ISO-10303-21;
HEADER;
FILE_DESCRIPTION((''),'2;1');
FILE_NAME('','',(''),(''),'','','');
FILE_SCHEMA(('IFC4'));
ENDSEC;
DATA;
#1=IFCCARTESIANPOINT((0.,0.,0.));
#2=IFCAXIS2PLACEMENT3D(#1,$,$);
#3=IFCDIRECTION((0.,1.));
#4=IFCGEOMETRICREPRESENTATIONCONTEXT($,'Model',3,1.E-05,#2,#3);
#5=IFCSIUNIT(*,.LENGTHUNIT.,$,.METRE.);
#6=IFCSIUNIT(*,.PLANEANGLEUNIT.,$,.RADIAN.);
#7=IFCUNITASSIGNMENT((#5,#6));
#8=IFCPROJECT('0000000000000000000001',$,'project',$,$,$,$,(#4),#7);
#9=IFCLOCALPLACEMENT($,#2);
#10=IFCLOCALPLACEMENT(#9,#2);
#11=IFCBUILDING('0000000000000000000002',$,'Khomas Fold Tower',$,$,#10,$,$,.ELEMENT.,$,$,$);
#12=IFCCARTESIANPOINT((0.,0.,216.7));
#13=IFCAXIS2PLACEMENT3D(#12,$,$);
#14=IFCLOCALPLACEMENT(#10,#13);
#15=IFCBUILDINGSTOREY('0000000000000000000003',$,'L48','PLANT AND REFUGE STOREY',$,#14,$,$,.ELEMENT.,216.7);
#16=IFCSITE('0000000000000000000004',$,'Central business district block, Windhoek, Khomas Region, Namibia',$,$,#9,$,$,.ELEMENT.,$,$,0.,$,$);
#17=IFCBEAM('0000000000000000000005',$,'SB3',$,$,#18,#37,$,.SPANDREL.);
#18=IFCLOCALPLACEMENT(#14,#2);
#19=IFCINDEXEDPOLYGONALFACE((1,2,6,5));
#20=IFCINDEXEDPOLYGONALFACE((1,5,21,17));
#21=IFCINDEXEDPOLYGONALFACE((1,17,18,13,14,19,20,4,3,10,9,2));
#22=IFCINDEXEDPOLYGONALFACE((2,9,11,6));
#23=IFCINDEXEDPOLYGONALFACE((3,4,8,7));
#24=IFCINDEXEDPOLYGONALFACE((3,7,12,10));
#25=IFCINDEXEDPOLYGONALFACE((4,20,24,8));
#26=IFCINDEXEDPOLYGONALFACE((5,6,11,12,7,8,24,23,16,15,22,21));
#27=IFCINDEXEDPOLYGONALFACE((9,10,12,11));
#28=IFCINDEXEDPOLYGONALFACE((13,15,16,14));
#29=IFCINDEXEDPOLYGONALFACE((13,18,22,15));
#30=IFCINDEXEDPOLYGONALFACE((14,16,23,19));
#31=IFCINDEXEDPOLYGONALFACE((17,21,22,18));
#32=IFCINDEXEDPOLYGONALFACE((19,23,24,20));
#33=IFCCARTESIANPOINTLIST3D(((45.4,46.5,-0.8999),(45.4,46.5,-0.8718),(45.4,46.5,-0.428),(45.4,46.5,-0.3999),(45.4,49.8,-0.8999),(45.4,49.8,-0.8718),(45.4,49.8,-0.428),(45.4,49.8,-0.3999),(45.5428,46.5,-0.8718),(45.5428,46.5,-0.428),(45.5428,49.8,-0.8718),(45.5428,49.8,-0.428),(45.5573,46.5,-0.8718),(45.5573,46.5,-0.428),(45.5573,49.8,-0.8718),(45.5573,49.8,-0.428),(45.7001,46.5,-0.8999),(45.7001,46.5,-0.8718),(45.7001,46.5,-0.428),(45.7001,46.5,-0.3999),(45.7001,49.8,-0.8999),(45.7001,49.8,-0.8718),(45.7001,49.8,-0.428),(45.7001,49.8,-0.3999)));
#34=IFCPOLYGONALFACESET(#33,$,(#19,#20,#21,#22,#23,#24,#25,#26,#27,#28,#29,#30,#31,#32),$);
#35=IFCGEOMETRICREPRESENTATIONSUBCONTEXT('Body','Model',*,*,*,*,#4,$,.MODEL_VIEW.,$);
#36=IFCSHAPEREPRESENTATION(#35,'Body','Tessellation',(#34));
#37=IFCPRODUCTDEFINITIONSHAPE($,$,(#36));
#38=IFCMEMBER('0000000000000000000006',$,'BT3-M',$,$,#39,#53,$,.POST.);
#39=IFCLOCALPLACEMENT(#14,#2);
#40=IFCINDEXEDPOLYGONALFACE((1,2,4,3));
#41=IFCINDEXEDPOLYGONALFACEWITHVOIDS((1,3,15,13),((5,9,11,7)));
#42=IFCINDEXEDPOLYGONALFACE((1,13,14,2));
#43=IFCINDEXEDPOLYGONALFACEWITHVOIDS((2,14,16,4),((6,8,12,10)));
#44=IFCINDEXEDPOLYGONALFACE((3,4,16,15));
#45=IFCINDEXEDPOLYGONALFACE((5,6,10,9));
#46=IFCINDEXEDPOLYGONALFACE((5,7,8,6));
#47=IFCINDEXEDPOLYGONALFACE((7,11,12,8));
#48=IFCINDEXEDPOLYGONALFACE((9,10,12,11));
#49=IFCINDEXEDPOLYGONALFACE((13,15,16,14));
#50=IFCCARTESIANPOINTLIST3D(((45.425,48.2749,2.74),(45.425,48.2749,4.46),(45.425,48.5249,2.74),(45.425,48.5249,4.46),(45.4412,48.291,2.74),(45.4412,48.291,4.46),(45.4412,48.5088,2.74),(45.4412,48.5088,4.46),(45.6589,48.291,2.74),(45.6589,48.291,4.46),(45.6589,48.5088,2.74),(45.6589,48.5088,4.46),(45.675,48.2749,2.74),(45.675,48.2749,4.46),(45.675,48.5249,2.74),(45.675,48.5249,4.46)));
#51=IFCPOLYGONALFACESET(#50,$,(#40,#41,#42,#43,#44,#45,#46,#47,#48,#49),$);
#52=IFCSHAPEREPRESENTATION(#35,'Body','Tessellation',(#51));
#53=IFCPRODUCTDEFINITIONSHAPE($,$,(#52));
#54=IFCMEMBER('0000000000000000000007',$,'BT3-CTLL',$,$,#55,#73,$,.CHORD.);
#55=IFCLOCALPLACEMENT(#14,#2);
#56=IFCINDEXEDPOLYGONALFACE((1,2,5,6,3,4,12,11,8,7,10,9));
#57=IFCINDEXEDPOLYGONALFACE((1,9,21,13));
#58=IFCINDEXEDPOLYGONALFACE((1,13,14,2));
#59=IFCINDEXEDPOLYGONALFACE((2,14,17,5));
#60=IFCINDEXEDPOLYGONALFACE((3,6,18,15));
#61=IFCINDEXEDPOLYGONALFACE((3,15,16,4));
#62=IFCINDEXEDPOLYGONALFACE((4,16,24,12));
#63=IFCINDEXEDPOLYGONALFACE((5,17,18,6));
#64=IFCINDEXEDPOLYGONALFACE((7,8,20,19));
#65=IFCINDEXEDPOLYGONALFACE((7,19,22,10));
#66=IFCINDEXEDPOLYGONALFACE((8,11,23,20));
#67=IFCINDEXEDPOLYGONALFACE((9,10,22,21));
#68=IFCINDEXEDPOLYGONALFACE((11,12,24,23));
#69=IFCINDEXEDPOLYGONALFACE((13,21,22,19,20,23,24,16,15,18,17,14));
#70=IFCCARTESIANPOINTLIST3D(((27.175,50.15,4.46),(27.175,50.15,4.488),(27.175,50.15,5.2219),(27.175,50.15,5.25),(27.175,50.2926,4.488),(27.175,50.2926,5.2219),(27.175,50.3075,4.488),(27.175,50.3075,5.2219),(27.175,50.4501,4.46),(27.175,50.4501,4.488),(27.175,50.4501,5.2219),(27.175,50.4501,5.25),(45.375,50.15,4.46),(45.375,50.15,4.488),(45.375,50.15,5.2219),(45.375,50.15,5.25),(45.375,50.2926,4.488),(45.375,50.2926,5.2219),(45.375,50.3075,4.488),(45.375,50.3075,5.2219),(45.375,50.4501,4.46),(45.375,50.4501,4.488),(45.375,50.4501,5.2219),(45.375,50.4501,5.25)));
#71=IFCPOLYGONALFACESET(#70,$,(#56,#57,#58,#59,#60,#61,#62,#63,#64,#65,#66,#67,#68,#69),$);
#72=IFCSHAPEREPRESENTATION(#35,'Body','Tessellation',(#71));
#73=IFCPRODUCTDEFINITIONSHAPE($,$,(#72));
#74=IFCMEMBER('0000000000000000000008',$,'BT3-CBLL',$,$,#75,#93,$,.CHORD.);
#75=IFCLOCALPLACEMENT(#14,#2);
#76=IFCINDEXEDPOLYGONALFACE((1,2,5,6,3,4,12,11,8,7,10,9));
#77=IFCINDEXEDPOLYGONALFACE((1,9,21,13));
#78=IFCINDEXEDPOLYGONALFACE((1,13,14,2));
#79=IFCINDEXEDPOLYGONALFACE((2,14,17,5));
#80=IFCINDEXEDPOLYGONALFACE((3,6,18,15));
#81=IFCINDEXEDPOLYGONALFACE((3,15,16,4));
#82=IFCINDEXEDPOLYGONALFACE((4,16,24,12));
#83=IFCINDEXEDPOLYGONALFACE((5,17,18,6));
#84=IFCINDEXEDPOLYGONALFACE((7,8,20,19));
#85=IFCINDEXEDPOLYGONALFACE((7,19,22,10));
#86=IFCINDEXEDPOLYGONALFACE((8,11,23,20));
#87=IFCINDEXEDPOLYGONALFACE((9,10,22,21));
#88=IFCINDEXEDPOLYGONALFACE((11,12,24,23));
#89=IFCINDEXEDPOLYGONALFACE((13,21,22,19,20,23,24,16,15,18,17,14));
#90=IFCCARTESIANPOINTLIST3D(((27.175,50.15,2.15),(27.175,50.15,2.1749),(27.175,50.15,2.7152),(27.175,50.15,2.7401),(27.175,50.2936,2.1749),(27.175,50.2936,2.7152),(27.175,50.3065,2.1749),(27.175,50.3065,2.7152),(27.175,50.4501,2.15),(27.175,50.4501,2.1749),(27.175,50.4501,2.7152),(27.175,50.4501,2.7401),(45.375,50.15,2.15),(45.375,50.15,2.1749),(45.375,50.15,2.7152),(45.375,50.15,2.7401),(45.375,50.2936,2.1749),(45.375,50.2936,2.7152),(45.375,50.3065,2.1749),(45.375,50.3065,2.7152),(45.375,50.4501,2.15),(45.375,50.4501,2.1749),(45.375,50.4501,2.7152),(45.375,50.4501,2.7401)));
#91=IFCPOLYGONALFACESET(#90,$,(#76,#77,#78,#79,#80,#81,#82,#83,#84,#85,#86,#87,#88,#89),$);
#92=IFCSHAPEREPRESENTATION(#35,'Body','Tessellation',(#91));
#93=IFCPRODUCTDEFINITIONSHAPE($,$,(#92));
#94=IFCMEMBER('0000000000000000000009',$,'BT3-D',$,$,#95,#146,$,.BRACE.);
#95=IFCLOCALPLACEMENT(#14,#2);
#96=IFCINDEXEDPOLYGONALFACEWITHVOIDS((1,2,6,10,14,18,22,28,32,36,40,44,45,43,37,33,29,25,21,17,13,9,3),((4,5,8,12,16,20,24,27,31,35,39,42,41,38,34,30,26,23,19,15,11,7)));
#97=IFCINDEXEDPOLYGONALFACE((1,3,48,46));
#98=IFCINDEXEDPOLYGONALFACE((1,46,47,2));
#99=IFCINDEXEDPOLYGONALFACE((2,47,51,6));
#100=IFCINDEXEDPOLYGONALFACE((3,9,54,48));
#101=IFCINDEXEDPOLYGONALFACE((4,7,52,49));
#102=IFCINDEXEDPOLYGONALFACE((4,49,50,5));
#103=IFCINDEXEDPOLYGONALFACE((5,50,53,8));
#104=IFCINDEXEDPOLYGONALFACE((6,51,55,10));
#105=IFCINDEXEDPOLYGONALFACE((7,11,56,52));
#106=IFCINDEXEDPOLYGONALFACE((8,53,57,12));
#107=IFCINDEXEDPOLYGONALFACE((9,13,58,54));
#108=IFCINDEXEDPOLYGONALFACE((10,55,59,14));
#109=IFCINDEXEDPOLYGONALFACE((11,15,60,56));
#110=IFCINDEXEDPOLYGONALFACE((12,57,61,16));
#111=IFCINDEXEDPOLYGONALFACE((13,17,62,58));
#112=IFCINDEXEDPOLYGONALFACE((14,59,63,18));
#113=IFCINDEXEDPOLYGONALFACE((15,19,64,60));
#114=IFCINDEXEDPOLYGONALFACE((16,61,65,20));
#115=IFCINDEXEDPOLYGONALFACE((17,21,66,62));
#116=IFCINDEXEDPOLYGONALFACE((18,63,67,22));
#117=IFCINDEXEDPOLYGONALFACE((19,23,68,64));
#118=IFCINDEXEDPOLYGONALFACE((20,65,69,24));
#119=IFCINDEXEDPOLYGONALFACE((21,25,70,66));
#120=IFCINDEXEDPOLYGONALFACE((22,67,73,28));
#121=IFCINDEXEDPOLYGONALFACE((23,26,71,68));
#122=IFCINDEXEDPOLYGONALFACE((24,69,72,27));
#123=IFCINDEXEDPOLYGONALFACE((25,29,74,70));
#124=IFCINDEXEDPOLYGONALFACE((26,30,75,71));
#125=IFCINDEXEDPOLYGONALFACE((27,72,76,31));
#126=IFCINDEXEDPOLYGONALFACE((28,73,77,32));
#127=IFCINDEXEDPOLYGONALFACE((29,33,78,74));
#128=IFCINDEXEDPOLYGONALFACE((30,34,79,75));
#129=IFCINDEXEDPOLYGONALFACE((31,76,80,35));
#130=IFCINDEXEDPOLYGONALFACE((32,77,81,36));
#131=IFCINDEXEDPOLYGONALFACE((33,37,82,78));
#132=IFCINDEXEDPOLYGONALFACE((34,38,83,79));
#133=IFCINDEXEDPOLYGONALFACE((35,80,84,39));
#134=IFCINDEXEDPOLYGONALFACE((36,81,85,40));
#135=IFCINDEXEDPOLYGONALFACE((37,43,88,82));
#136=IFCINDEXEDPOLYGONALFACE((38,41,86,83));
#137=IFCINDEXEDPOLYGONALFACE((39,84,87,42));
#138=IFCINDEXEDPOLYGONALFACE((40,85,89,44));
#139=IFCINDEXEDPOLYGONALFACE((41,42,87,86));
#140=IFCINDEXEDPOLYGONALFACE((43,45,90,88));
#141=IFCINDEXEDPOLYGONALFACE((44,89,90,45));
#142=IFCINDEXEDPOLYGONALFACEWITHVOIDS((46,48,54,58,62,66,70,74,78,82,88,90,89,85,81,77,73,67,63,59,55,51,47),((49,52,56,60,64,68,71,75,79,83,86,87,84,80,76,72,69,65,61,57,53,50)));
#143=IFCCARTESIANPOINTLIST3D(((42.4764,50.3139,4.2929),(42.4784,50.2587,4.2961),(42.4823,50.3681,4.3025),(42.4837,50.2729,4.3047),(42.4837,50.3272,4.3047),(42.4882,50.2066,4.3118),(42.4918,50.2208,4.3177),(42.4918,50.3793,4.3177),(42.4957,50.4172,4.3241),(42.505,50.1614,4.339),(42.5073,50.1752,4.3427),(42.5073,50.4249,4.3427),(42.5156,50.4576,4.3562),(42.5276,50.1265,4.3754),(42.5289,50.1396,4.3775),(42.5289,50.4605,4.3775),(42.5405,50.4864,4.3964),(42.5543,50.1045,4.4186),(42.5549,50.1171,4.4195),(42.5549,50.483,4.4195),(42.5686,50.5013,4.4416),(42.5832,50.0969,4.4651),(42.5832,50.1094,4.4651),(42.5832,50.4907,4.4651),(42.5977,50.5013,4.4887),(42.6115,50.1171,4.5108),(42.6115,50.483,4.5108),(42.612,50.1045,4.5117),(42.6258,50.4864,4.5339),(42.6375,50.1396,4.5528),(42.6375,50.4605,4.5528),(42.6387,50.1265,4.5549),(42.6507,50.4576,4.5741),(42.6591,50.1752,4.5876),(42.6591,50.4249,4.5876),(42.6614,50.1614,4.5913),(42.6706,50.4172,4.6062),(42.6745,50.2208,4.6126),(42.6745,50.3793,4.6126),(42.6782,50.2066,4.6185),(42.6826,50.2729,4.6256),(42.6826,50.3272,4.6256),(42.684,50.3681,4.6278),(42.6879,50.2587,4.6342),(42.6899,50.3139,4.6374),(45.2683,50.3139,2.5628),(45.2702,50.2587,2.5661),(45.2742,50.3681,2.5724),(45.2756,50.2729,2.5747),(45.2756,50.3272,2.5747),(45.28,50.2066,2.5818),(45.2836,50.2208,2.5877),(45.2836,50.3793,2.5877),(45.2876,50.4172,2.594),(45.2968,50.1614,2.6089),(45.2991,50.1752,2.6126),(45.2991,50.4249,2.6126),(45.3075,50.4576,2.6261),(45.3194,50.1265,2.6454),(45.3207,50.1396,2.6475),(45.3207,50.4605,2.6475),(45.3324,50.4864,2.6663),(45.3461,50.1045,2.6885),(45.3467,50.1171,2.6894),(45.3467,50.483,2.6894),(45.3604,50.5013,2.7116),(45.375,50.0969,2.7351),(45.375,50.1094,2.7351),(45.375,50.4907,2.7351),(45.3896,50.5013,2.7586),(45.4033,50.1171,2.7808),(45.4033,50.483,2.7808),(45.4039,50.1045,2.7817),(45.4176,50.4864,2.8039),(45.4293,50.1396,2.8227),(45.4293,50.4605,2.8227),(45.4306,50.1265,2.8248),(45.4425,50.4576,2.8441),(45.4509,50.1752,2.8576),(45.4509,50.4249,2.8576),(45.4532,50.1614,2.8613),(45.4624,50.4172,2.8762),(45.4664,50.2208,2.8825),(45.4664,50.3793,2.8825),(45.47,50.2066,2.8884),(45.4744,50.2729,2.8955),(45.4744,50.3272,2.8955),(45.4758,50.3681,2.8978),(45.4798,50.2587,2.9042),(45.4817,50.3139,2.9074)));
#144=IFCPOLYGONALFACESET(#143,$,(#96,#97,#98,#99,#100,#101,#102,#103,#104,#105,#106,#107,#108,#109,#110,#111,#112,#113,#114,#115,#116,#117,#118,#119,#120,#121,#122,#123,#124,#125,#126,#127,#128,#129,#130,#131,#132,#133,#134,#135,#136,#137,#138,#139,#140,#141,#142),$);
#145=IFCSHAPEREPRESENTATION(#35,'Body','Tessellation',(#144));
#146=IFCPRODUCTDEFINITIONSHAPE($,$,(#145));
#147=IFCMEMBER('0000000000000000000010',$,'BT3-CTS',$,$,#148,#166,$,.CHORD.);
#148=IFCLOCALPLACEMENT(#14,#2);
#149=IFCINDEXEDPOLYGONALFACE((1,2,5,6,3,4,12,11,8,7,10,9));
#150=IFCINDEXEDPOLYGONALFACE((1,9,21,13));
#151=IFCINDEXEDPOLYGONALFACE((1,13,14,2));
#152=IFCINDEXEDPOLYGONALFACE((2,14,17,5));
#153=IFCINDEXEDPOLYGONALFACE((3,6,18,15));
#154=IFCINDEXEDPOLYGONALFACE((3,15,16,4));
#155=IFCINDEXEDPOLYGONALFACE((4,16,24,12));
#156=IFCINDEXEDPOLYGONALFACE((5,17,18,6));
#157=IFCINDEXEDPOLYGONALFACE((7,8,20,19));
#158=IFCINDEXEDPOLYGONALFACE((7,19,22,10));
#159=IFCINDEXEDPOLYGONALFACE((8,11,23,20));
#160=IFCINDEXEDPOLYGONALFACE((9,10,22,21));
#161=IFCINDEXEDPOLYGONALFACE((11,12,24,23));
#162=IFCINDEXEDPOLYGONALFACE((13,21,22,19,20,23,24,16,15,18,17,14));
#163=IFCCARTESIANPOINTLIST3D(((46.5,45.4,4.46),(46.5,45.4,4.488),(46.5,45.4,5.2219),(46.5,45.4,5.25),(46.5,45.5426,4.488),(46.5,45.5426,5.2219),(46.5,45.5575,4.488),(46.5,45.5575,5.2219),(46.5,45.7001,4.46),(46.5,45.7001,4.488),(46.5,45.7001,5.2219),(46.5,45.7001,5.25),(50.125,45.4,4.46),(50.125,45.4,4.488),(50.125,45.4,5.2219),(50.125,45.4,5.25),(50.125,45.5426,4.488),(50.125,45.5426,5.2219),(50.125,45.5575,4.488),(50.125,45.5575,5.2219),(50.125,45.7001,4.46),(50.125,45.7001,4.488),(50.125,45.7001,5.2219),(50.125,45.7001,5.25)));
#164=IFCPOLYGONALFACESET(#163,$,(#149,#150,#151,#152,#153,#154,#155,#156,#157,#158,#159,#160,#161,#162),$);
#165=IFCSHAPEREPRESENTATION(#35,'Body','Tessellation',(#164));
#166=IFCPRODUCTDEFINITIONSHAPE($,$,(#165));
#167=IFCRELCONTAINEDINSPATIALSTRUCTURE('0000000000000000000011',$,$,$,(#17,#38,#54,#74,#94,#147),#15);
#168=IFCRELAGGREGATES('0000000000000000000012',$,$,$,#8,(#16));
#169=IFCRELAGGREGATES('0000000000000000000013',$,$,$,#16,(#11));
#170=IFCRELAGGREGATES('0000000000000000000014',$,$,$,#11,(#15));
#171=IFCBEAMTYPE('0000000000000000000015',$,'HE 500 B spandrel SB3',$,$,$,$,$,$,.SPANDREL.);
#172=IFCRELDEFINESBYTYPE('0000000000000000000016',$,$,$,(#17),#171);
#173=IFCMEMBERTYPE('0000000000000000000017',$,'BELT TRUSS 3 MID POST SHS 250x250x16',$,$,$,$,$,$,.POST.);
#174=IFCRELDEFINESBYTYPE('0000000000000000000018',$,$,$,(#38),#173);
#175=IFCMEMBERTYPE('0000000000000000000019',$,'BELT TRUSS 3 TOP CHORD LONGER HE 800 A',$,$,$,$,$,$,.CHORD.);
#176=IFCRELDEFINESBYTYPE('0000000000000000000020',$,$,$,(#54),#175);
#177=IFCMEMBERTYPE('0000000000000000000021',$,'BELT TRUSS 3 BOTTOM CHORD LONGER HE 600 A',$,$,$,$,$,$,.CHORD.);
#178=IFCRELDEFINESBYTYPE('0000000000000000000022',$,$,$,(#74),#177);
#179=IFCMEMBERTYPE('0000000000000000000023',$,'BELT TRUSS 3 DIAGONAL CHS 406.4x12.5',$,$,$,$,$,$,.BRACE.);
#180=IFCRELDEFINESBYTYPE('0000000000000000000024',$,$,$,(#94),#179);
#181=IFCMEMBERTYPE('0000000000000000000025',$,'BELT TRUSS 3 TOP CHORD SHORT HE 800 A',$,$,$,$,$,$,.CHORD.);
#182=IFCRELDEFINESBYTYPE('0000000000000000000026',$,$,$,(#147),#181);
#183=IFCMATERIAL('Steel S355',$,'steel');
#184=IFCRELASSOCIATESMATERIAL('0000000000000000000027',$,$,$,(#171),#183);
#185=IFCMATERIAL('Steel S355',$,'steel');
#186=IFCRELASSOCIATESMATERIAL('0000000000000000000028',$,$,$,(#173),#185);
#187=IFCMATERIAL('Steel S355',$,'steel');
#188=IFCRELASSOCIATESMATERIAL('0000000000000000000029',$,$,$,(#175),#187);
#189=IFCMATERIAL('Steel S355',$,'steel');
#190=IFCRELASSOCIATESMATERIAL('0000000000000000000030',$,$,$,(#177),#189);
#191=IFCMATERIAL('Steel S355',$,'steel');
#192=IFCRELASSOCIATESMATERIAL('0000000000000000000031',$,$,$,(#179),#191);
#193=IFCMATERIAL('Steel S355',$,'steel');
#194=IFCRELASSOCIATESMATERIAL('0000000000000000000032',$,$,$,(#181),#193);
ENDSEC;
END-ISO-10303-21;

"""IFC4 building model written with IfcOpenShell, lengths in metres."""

from ifc_helpers import new_model, si_unit, direction, frame, origin, origin_2d, place, context, subcontext, project, spatial, hollow_rectangle, hollow_circle, i_section, extrude, source, transform, mapped, material, material_profile, profile_set, type_object, element, save


model = new_model("IFC4")

# Units and contexts
model_context = context("Model", 3, precision=1e-05, world=origin(), true_north=direction((0.0, 1.0)))
body_context = subcontext(model_context, "Body", "Model", "MODEL_VIEW")
ifc_project = project(units=[si_unit("LENGTHUNIT", "METRE"), si_unit("PLANEANGLEUNIT", "RADIAN")], contexts=[model_context])

# Site, building, storey
site_placement = place(None, origin())
site = spatial("IfcSite", under=ifc_project, at=site_placement, Name="Central business district block, Windhoek, Khomas Region, Namibia", CompositionType="ELEMENT", RefElevation=0.0)
building_placement = place(site_placement, origin())
building = spatial("IfcBuilding", under=site, at=building_placement, Name="Khomas Fold Tower", CompositionType="ELEMENT")
storey_placement = place(building_placement, frame((0.0, 0.0, 216.7)))
storey = spatial("IfcBuildingStorey", under=building, at=storey_placement, Name="L48", Description="PLANT AND REFUGE STOREY", CompositionType="ELEMENT", Elevation=216.7)

# Beam
ifc_material_1 = material(Name="Steel S355", Category="steel")
ifc_material_profile_1 = material_profile(ifc_material_1, i_section(OverallWidth=0.3, OverallDepth=0.5, WebThickness=0.0144, FlangeThickness=0.0281, at=origin_2d()), Name="HE 500 B")
ifc_profile_set_1 = profile_set([ifc_material_profile_1], Name="Steel S355")
beam_type = type_object("IfcBeamType", Name="HE 500 B spandrel SB3", PredefinedType="SPANDREL", material=ifc_profile_set_1)
shared_shape_1 = source(origin(), body_context, "Body", "SweptSolid", [
    extrude(i_section(OverallWidth=0.3, OverallDepth=0.5, WebThickness=0.0144, FlangeThickness=0.0281, at=origin_2d()), origin(), (0.0, 0.0, 1.0), 3.3),
])
beam_placement = place(storey_placement, frame((45.55, 46.5, -0.6499), z_axis=(0.0, 1.0, 0.0), x_axis=(-1.0, 0.0, 0.0)))
element("IfcBeam", 1, at=beam_placement, inside=storey, type_object=beam_type, Name="SB3", PredefinedType="SPANDREL", context=body_context, shape_type="MappedRepresentation", body=[
    mapped(shared_shape_1, transform((0.0, 0.0, 0.0))),
])

# Members
ifc_material_2 = material(Name="Steel S355", Category="steel")
ifc_material_profile_2 = material_profile(ifc_material_2, hollow_rectangle(XDim=0.25, YDim=0.25, WallThickness=0.0161, at=origin_2d()), Name="SHS 250x250x16")
ifc_profile_set_2 = profile_set([ifc_material_profile_2], Name="Steel S355")
member_type_1 = type_object("IfcMemberType", Name="BELT TRUSS 3 MID POST SHS 250x250x16", PredefinedType="POST", material=ifc_profile_set_2)
shared_shape_2 = source(origin(), body_context, "Body", "SweptSolid", [
    extrude(hollow_rectangle(XDim=0.25, YDim=0.25, WallThickness=0.0161, at=origin_2d()), origin(), (0.0, 0.0, 1.0), 1.72),
])
member_1_placement = place(storey_placement, frame((45.55, 48.3999, 2.74), z_axis=(0.0, 0.0, 1.0), x_axis=(1.0, 0.0, 0.0)))
element("IfcMember", 2, at=member_1_placement, inside=storey, type_object=member_type_1, Name="BT3-M", PredefinedType="POST", context=body_context, shape_type="MappedRepresentation", body=[
    mapped(shared_shape_2, transform((0.0, 0.0, 0.0))),
])
ifc_material_3 = material(Name="Steel S355", Category="steel")
ifc_material_profile_3 = material_profile(ifc_material_3, i_section(OverallWidth=0.3, OverallDepth=0.79, WebThickness=0.0149, FlangeThickness=0.0281, at=origin_2d()), Name="HE 800 A")
ifc_profile_set_3 = profile_set([ifc_material_profile_3], Name="Steel S355")
member_type_2 = type_object("IfcMemberType", Name="BELT TRUSS 3 TOP CHORD LONGER HE 800 A", PredefinedType="CHORD", material=ifc_profile_set_3)
shared_shape_3 = source(origin(), body_context, "Body", "SweptSolid", [
    extrude(i_section(OverallWidth=0.3, OverallDepth=0.79, WebThickness=0.0149, FlangeThickness=0.0281, at=origin_2d()), origin(), (0.0, 0.0, 1.0), 18.2),
])
member_2_placement = place(storey_placement, frame((45.375, 50.3, 4.855), z_axis=(-1.0, 0.0, 0.0), x_axis=(0.0, -1.0, 0.0)))
element("IfcMember", 3, at=member_2_placement, inside=storey, type_object=member_type_2, Name="BT3-CTLL", PredefinedType="CHORD", context=body_context, shape_type="MappedRepresentation", body=[
    mapped(shared_shape_3, transform((0.0, 0.0, 0.0))),
])
ifc_material_4 = material(Name="Steel S355", Category="steel")
ifc_material_profile_4 = material_profile(ifc_material_4, i_section(OverallWidth=0.3, OverallDepth=0.5901, WebThickness=0.0129, FlangeThickness=0.0249, at=origin_2d()), Name="HE 600 A")
ifc_profile_set_4 = profile_set([ifc_material_profile_4], Name="Steel S355")
member_type_3 = type_object("IfcMemberType", Name="BELT TRUSS 3 BOTTOM CHORD LONGER HE 600 A", PredefinedType="CHORD", material=ifc_profile_set_4)
shared_shape_4 = source(origin(), body_context, "Body", "SweptSolid", [
    extrude(i_section(OverallWidth=0.3, OverallDepth=0.5901, WebThickness=0.0129, FlangeThickness=0.0249, at=origin_2d()), origin(), (0.0, 0.0, 1.0), 18.2),
])
member_3_placement = place(storey_placement, frame((45.375, 50.3, 2.4451), z_axis=(-1.0, 0.0, 0.0), x_axis=(0.0, -1.0, 0.0)))
element("IfcMember", 4, at=member_3_placement, inside=storey, type_object=member_type_3, Name="BT3-CBLL", PredefinedType="CHORD", context=body_context, shape_type="MappedRepresentation", body=[
    mapped(shared_shape_4, transform((0.0, 0.0, 0.0))),
])
ifc_material_5 = material(Name="Steel S355", Category="steel")
ifc_material_profile_5 = material_profile(ifc_material_5, hollow_circle(Radius=0.2031, WallThickness=0.0125, at=origin_2d()), Name="CHS 406.4x12.5")
ifc_profile_set_5 = profile_set([ifc_material_profile_5], Name="Steel S355")
member_type_4 = type_object("IfcMemberType", Name="BELT TRUSS 3 DIAGONAL CHS 406.4x12.5", PredefinedType="BRACE", material=ifc_profile_set_5)
shared_shape_5 = source(origin(), body_context, "Body", "SweptSolid", [
    extrude(hollow_circle(Radius=0.2031, WallThickness=0.0125, at=origin_2d()), origin(), (0.0, 0.0, 1.0), 3.2844),
])
member_4_placement = place(storey_placement, frame((45.375, 50.3, 2.7351), z_axis=(-0.850026, 0.0, 0.526741), x_axis=(0.0, -1.0, 0.0)))
element("IfcMember", 5, at=member_4_placement, inside=storey, type_object=member_type_4, Name="BT3-D", PredefinedType="BRACE", context=body_context, shape_type="MappedRepresentation", body=[
    mapped(shared_shape_5, transform((0.0, 0.0, 0.0))),
])
ifc_material_6 = material(Name="Steel S355", Category="steel")
ifc_material_profile_6 = material_profile(ifc_material_6, i_section(OverallWidth=0.3, OverallDepth=0.79, WebThickness=0.0149, FlangeThickness=0.0281, at=origin_2d()), Name="HE 800 A")
ifc_profile_set_6 = profile_set([ifc_material_profile_6], Name="Steel S355")
member_type_5 = type_object("IfcMemberType", Name="BELT TRUSS 3 TOP CHORD SHORT HE 800 A", PredefinedType="CHORD", material=ifc_profile_set_6)
shared_shape_6 = source(origin(), body_context, "Body", "SweptSolid", [
    extrude(i_section(OverallWidth=0.3, OverallDepth=0.79, WebThickness=0.0149, FlangeThickness=0.0281, at=origin_2d()), origin(), (0.0, 0.0, 1.0), 3.625),
])
for number, where, z_axis, x_axis, name in (
    (6, (50.125, 45.55, 4.855), (-1.0, 0.0, 0.0), (0.0, -1.0, 0.0), "BT3-CTS"),
):
    element("IfcMember", number, at=place(storey_placement, frame(where, z_axis=z_axis, x_axis=x_axis)), inside=storey, type_object=member_type_5, Name=name, PredefinedType="CHORD", context=body_context, shape_type="MappedRepresentation", body=[
        mapped(shared_shape_6, transform((0.0, 0.0, 0.0))),
    ])

save(model, "model.ifc")
